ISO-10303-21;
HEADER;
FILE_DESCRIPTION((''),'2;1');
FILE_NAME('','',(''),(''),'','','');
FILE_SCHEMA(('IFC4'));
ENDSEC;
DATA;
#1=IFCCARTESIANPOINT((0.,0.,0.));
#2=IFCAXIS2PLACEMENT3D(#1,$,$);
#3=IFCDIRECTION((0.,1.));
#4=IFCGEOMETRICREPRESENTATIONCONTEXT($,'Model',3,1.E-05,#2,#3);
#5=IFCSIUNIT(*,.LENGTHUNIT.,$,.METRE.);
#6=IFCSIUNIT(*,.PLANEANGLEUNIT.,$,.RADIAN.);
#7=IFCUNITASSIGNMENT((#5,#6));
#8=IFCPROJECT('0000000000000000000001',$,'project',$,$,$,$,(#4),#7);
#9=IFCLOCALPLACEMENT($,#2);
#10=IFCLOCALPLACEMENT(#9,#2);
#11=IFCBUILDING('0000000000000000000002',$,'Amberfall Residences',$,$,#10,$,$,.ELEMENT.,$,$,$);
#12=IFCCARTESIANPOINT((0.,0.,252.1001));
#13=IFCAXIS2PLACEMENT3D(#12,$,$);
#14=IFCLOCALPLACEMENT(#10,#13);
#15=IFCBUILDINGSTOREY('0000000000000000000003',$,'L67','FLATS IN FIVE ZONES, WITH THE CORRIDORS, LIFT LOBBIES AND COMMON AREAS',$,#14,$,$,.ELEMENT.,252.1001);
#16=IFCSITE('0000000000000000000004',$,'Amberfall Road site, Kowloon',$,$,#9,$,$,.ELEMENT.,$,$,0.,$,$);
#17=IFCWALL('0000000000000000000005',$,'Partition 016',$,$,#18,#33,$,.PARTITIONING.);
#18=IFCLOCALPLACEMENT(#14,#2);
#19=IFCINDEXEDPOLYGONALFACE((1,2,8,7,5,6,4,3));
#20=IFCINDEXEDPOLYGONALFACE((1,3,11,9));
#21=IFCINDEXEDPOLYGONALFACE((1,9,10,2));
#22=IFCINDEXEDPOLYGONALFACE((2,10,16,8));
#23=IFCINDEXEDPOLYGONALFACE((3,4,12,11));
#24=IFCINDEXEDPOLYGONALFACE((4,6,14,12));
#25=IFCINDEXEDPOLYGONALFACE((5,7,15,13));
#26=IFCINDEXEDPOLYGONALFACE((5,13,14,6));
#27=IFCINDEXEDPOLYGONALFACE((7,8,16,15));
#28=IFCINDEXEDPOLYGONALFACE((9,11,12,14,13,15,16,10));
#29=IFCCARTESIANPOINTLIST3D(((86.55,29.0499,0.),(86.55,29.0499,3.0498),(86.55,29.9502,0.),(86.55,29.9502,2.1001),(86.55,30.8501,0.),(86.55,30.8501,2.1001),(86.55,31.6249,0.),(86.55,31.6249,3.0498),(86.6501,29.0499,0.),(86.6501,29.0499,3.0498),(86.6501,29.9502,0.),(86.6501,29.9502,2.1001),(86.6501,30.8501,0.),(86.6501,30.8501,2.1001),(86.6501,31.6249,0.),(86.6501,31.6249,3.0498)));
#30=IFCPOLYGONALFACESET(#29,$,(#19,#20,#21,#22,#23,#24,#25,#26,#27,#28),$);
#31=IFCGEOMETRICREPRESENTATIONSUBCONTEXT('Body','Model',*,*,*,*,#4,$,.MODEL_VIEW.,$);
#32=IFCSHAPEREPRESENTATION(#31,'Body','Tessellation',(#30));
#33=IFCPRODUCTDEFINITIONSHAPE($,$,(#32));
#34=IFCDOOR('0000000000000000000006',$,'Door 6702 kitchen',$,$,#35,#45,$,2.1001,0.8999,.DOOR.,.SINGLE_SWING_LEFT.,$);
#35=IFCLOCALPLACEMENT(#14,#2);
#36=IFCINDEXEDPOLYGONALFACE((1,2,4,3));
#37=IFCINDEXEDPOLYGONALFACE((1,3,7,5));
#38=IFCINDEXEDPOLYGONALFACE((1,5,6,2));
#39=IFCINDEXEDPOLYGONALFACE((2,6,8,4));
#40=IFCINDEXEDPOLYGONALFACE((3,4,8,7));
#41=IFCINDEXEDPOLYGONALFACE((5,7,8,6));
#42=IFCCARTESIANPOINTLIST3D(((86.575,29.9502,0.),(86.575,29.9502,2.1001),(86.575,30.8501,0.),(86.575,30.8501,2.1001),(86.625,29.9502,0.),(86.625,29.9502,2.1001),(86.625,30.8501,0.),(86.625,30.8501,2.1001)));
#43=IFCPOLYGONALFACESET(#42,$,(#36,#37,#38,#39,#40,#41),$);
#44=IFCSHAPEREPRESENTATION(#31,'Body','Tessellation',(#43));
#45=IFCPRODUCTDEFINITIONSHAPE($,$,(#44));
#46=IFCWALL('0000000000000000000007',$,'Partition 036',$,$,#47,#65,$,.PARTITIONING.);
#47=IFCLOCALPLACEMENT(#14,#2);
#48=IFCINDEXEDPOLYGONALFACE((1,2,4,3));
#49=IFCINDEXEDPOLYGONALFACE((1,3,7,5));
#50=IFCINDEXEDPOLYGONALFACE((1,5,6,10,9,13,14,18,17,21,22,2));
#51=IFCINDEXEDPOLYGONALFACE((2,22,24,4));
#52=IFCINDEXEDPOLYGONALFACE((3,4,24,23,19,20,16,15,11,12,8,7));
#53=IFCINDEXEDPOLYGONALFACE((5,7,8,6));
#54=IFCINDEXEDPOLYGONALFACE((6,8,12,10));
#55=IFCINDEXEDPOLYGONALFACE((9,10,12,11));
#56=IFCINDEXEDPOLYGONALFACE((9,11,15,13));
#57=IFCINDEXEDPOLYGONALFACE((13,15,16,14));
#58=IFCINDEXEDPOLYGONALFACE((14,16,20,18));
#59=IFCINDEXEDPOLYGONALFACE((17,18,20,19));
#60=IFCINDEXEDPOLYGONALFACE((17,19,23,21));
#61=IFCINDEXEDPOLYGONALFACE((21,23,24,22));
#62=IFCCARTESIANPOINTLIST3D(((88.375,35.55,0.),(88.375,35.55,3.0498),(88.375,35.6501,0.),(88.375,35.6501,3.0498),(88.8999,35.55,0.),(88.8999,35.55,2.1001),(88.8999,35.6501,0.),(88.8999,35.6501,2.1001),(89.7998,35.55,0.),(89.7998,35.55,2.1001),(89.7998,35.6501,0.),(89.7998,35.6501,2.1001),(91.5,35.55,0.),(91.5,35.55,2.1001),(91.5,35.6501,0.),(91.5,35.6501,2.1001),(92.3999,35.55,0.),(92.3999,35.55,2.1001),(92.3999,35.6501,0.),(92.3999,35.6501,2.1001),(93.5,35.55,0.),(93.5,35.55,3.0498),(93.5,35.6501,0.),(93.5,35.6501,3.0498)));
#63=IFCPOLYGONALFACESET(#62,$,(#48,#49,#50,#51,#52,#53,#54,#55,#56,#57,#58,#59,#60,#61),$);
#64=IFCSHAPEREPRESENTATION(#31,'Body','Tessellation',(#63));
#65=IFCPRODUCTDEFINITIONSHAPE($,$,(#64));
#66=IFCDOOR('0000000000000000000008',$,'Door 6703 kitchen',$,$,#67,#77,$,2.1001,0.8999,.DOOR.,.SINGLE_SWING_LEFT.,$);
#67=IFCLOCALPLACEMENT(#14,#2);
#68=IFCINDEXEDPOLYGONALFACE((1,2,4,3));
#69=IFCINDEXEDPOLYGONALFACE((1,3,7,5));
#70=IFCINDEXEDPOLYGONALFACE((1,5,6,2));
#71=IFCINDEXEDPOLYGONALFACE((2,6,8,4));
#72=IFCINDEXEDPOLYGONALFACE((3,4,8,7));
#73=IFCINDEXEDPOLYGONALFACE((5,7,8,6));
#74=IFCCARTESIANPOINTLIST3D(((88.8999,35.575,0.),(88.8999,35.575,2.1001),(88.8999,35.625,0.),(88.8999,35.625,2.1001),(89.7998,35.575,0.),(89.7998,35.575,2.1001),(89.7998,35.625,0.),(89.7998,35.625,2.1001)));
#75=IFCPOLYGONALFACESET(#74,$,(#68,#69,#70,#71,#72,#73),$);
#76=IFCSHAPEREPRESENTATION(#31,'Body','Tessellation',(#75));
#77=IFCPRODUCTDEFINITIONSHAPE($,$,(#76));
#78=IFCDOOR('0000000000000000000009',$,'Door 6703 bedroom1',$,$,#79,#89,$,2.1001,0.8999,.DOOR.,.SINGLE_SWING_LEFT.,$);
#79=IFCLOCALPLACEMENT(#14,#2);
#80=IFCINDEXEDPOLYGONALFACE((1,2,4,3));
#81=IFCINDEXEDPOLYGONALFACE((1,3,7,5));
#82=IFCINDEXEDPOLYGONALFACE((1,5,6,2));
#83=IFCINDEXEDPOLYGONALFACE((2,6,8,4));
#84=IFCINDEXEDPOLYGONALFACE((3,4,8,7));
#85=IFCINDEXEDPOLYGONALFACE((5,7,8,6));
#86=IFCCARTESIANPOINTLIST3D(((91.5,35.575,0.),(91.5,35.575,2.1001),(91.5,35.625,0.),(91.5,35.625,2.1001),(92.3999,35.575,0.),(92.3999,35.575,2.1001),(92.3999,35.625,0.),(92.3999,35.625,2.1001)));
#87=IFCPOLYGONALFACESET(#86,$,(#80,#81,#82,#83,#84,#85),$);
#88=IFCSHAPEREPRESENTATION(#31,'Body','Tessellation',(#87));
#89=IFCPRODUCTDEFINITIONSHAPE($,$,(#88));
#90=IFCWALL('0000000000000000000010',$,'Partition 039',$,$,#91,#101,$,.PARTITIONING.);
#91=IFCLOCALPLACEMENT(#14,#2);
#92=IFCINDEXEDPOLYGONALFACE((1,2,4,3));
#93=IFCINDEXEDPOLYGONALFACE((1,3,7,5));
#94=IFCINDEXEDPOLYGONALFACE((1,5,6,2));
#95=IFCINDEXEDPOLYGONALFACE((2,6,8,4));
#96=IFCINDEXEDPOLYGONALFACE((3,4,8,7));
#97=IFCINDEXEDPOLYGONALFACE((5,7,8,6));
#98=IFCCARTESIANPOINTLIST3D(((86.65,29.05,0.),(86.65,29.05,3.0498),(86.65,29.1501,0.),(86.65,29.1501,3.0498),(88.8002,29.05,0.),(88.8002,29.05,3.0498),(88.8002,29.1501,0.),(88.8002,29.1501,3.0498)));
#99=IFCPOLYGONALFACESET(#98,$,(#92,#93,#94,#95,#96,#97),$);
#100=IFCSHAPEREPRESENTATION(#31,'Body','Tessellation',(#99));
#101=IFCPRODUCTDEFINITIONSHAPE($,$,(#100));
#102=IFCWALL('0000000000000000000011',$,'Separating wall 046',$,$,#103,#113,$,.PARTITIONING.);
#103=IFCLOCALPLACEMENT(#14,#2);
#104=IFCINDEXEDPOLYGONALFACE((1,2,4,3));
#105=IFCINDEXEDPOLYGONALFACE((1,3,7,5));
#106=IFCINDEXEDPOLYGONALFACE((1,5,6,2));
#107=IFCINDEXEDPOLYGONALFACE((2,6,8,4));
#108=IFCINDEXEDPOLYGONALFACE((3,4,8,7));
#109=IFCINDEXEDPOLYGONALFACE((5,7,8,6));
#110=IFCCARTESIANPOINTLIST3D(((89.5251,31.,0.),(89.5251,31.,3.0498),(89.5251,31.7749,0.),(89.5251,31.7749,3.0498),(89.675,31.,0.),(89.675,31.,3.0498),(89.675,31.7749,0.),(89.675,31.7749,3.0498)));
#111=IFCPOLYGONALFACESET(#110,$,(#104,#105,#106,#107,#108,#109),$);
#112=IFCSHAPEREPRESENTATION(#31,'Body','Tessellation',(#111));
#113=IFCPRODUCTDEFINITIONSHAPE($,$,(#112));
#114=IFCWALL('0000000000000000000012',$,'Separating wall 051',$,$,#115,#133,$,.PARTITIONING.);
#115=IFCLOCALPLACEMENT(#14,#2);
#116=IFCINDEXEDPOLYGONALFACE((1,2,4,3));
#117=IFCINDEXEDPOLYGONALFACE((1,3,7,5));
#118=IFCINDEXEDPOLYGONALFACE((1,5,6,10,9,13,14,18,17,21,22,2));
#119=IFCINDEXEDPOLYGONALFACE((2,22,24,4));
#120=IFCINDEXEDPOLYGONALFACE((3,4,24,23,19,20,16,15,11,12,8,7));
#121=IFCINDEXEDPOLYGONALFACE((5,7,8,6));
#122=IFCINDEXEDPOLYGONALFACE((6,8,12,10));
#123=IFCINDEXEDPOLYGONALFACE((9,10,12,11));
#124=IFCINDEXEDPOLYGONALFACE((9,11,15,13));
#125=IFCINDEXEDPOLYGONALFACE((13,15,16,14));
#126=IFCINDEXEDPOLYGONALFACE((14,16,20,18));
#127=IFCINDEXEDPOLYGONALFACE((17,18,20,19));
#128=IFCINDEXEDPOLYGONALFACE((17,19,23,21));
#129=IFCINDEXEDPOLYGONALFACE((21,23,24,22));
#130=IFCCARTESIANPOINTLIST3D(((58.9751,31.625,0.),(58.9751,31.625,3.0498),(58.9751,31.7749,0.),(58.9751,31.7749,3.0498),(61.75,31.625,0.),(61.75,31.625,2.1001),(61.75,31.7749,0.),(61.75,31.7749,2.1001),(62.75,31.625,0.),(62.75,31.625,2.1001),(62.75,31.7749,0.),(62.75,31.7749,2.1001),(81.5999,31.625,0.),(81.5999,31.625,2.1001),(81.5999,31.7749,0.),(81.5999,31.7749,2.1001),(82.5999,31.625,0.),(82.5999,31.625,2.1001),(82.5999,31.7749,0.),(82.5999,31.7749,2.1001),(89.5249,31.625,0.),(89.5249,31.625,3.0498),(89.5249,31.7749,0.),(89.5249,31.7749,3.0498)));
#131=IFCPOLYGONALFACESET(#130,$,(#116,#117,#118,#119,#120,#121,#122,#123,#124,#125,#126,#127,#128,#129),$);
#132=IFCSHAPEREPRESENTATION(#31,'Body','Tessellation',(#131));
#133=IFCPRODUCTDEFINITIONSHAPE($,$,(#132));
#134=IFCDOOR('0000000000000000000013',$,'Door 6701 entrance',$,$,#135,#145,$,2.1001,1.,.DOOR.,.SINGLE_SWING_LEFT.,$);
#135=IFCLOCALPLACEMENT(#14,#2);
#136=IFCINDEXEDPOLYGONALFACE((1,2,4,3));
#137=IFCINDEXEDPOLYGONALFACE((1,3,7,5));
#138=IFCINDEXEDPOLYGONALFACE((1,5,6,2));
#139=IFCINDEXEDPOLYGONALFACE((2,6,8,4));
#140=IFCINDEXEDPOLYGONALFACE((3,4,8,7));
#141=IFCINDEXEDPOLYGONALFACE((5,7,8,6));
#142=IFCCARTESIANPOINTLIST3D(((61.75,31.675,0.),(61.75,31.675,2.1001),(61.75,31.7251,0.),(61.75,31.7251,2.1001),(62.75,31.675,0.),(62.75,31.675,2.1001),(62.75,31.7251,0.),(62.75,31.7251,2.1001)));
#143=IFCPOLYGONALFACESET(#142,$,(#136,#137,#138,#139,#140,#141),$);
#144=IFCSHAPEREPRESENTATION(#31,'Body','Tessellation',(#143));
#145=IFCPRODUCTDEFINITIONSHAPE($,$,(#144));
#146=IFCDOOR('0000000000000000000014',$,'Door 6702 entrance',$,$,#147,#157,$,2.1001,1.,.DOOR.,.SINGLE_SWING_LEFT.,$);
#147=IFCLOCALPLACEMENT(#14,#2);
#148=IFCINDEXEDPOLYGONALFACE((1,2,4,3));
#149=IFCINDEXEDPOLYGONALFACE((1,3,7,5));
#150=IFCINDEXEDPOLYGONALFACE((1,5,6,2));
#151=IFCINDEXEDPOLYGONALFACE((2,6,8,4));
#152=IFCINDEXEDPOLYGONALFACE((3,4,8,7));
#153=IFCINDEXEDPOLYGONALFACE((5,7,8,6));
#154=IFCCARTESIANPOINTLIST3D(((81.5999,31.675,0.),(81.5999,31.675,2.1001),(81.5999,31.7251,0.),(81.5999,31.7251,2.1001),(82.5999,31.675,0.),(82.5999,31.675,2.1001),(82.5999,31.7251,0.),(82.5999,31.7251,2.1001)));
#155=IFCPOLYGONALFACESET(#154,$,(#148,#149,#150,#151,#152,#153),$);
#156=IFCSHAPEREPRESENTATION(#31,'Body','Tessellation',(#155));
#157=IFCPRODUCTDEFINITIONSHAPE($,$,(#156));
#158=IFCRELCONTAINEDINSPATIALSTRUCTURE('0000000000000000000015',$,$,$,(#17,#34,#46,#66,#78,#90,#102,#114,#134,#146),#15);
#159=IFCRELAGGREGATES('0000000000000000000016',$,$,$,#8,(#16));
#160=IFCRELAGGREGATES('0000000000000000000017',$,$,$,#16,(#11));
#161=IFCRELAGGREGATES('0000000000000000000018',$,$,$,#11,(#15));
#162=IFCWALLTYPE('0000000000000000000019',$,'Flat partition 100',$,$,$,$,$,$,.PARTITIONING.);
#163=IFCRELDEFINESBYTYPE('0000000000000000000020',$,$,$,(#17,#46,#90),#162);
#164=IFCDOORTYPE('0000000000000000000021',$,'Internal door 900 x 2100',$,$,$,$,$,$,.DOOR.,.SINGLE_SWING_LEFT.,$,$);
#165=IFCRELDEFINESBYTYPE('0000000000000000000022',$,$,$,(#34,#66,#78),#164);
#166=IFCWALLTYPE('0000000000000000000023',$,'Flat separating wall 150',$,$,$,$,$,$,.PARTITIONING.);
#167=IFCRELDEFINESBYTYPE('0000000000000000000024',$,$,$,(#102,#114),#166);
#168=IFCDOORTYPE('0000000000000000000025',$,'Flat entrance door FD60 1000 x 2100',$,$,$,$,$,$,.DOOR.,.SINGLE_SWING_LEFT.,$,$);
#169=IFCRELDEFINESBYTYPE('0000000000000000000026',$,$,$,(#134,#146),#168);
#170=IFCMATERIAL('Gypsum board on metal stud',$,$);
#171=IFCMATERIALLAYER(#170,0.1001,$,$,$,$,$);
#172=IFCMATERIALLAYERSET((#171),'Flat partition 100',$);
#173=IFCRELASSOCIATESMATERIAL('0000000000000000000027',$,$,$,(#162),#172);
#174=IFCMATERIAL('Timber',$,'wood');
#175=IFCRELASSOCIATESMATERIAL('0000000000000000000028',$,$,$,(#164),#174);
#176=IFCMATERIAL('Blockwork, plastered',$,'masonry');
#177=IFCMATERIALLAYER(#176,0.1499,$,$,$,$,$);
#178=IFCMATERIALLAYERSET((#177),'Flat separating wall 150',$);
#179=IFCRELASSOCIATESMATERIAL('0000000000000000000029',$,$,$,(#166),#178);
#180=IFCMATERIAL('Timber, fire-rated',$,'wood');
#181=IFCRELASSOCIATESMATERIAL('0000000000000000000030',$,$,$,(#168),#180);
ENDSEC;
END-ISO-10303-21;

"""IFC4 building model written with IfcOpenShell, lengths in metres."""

from ifc_helpers import new_model, si_unit, direction, frame, frame_2d, origin, place, context, subcontext, project, spatial, rectangle, extrude, material, layer, layer_set, type_object, element, fill, save


model = new_model("IFC4")

# Units and contexts
model_context = context("Model", 3, precision=1e-05, world=origin(), true_north=direction((0.0, 1.0)))
body_context = subcontext(model_context, "Body", "Model", "MODEL_VIEW")
ifc_project = project(units=[si_unit("LENGTHUNIT", "METRE"), si_unit("PLANEANGLEUNIT", "RADIAN")], contexts=[model_context])

# Site, building, storey
site_placement = place(None, origin())
site = spatial("IfcSite", under=ifc_project, at=site_placement, Name="Amberfall Road site, Kowloon", CompositionType="ELEMENT", RefElevation=0.0)
building_placement = place(site_placement, origin())
building = spatial("IfcBuilding", under=site, at=building_placement, Name="Amberfall Residences", CompositionType="ELEMENT")
storey_placement = place(building_placement, frame((0.0, 0.0, 252.1001)))
storey = spatial("IfcBuildingStorey", under=building, at=storey_placement, Name="L67", Description="FLATS IN FIVE ZONES, WITH THE CORRIDORS, LIFT LOBBIES AND COMMON AREAS", CompositionType="ELEMENT", Elevation=252.1001)

# Wall, opening, door
ifc_material_1 = material(Name="Gypsum board on metal stud")
ifc_layer_1 = layer(ifc_material_1, 0.1001)
ifc_layer_set_1 = layer_set([ifc_layer_1], Name="Flat partition 100")
wall_type_1 = type_object("IfcWallType", Name="Flat partition 100", PredefinedType="PARTITIONING", material=ifc_layer_set_1)
wall_1_placement = place(storey_placement, frame((86.6001, 31.625, 0.0), z_axis=(0.0, 0.0, 1.0), x_axis=(0.0, -1.0, 0.0)))
wall_1 = element("IfcWall", 1, at=wall_1_placement, inside=storey, type_object=wall_type_1, Name="Partition 016", PredefinedType="PARTITIONING", context=body_context, shape_type="SweptSolid", body=[
    extrude(rectangle(XDim=2.575, YDim=0.1001, at=frame_2d((1.2876, 0.0))), origin(), (0.0, 0.0, 1.0), 3.0498),
])
opening_1_placement = place(wall_1_placement, frame((0.7749, 0.0, 0.0)))
opening_1 = element("IfcOpeningElement", 2, at=opening_1_placement, cuts=wall_1, PredefinedType="OPENING", context=body_context, shape_type="SweptSolid", body=[
    extrude(rectangle(XDim=0.8999, YDim=2.1001, at=frame_2d((0.45, 1.05))), frame((0.0, 0.0601, 0.0), z_axis=(0.0, -1.0, 0.0), x_axis=(1.0, 0.0, 0.0)), (0.0, 0.0, 1.0), 0.1201),
])
ifc_material_2 = material(Name="Timber", Category="wood")
door_type_1 = type_object("IfcDoorType", Name="Internal door 900 x 2100", OperationType="SINGLE_SWING_LEFT", PredefinedType="DOOR", material=ifc_material_2)
door_1_placement = place(opening_1_placement, origin())
door_1 = element("IfcDoor", 3, at=door_1_placement, inside=storey, type_object=door_type_1, Name="Door 6702 kitchen", OperationType="SINGLE_SWING_LEFT", OverallHeight=2.1001, OverallWidth=0.8999, PredefinedType="DOOR", context=body_context, shape_type="SweptSolid", body=[
    extrude(rectangle(XDim=0.8999, YDim=2.1001, at=frame_2d((0.45, 1.05))), frame((0.0, 0.0249, 0.0), z_axis=(0.0, -1.0, 0.0), x_axis=(1.0, 0.0, 0.0)), (0.0, 0.0, 1.0), 0.05),
])
fill(opening_1, door_1)

# Wall, openings, doors
wall_2_placement = place(storey_placement, frame((88.375, 35.6001, 0.0), z_axis=(0.0, 0.0, 1.0), x_axis=(1.0, 0.0, 0.0)))
wall_2 = element("IfcWall", 4, at=wall_2_placement, inside=storey, type_object=wall_type_1, Name="Partition 036", PredefinedType="PARTITIONING", context=body_context, shape_type="SweptSolid", body=[
    extrude(rectangle(XDim=5.125, YDim=0.1001, at=frame_2d((2.5625, 0.0))), origin(), (0.0, 0.0, 1.0), 3.0498),
])
opening_2_placement = place(wall_2_placement, frame((0.5249, 0.0, 0.0)))
opening_2 = element("IfcOpeningElement", 5, at=opening_2_placement, cuts=wall_2, PredefinedType="OPENING", context=body_context, shape_type="SweptSolid", body=[
    extrude(rectangle(XDim=0.8999, YDim=2.1001, at=frame_2d((0.45, 1.05))), frame((0.0, 0.0601, 0.0), z_axis=(0.0, -1.0, 0.0), x_axis=(1.0, 0.0, 0.0)), (0.0, 0.0, 1.0), 0.1201),
])
opening_3_placement = place(wall_2_placement, frame((3.125, 0.0, 0.0)))
opening_3 = element("IfcOpeningElement", 6, at=opening_3_placement, cuts=wall_2, PredefinedType="OPENING", context=body_context, shape_type="SweptSolid", body=[
    extrude(rectangle(XDim=0.8999, YDim=2.1001, at=frame_2d((0.45, 1.05))), frame((0.0, 0.0601, 0.0), z_axis=(0.0, -1.0, 0.0), x_axis=(1.0, 0.0, 0.0)), (0.0, 0.0, 1.0), 0.1201),
])
door_2_placement = place(opening_2_placement, origin())
door_2 = element("IfcDoor", 7, at=door_2_placement, inside=storey, type_object=door_type_1, Name="Door 6703 kitchen", OperationType="SINGLE_SWING_LEFT", OverallHeight=2.1001, OverallWidth=0.8999, PredefinedType="DOOR", context=body_context, shape_type="SweptSolid", body=[
    extrude(rectangle(XDim=0.8999, YDim=2.1001, at=frame_2d((0.45, 1.05))), frame((0.0, 0.0249, 0.0), z_axis=(0.0, -1.0, 0.0), x_axis=(1.0, 0.0, 0.0)), (0.0, 0.0, 1.0), 0.05),
])
fill(opening_2, door_2)
door_3_placement = place(opening_3_placement, origin())
door_3 = element("IfcDoor", 8, at=door_3_placement, inside=storey, type_object=door_type_1, Name="Door 6703 bedroom1", OperationType="SINGLE_SWING_LEFT", OverallHeight=2.1001, OverallWidth=0.8999, PredefinedType="DOOR", context=body_context, shape_type="SweptSolid", body=[
    extrude(rectangle(XDim=0.8999, YDim=2.1001, at=frame_2d((0.45, 1.05))), frame((0.0, 0.0249, 0.0), z_axis=(0.0, -1.0, 0.0), x_axis=(1.0, 0.0, 0.0)), (0.0, 0.0, 1.0), 0.05),
])
fill(opening_3, door_3)

# Walls
wall_3_placement = place(storey_placement, frame((86.6499, 29.1001, 0.0), z_axis=(0.0, 0.0, 1.0), x_axis=(1.0, 0.0, 0.0)))
element("IfcWall", 9, at=wall_3_placement, inside=storey, type_object=wall_type_1, Name="Partition 039", PredefinedType="PARTITIONING", context=body_context, shape_type="SweptSolid", body=[
    extrude(rectangle(XDim=2.1501, YDim=0.1001, at=frame_2d((1.0752, 0.0))), origin(), (0.0, 0.0, 1.0), 3.0498),
])
ifc_material_3 = material(Name="Blockwork, plastered", Category="masonry")
ifc_layer_2 = layer(ifc_material_3, 0.1499)
ifc_layer_set_2 = layer_set([ifc_layer_2], Name="Flat separating wall 150")
wall_type_2 = type_object("IfcWallType", Name="Flat separating wall 150", PredefinedType="PARTITIONING", material=ifc_layer_set_2)
wall_4_placement = place(storey_placement, frame((89.6001, 31.0, 0.0), z_axis=(0.0, 0.0, 1.0), x_axis=(0.0, 1.0, 0.0)))
element("IfcWall", 10, at=wall_4_placement, inside=storey, type_object=wall_type_2, Name="Separating wall 046", PredefinedType="PARTITIONING", context=body_context, shape_type="SweptSolid", body=[
    extrude(rectangle(XDim=0.7749, YDim=0.1499, at=frame_2d((0.3875, 0.0))), origin(), (0.0, 0.0, 1.0), 3.0498),
])

# Wall, openings, doors
wall_5_placement = place(storey_placement, frame((89.5249, 31.7, 0.0), z_axis=(0.0, 0.0, 1.0), x_axis=(-1.0, 0.0, 0.0)))
wall_5 = element("IfcWall", 11, at=wall_5_placement, inside=storey, type_object=wall_type_2, Name="Separating wall 051", PredefinedType="PARTITIONING", context=body_context, shape_type="SweptSolid", body=[
    extrude(rectangle(XDim=30.5498, YDim=0.1499, at=frame_2d((15.2749, 0.0))), origin(), (0.0, 0.0, 1.0), 3.0498),
])
opening_4_placement = place(wall_5_placement, frame((26.7749, 0.0, 0.0)))
opening_4 = element("IfcOpeningElement", 12, at=opening_4_placement, cuts=wall_5, PredefinedType="OPENING", context=body_context, shape_type="SweptSolid", body=[
    extrude(rectangle(XDim=1.0, YDim=2.1001, at=frame_2d((0.5, 1.05))), frame((0.0, 0.085, 0.0), z_axis=(0.0, -1.0, 0.0), x_axis=(1.0, 0.0, 0.0)), (0.0, 0.0, 1.0), 0.1699),
])
opening_5_placement = place(wall_5_placement, frame((6.925, 0.0, 0.0)))
opening_5 = element("IfcOpeningElement", 13, at=opening_5_placement, cuts=wall_5, PredefinedType="OPENING", context=body_context, shape_type="SweptSolid", body=[
    extrude(rectangle(XDim=1.0, YDim=2.1001, at=frame_2d((0.5, 1.05))), frame((0.0, 0.085, 0.0), z_axis=(0.0, -1.0, 0.0), x_axis=(1.0, 0.0, 0.0)), (0.0, 0.0, 1.0), 0.1699),
])
ifc_material_4 = material(Name="Timber, fire-rated", Category="wood")
door_type_2 = type_object("IfcDoorType", Name="Flat entrance door FD60 1000 x 2100", OperationType="SINGLE_SWING_LEFT", PredefinedType="DOOR", material=ifc_material_4)
door_4_placement = place(opening_4_placement, origin())
door_4 = element("IfcDoor", 14, at=door_4_placement, inside=storey, type_object=door_type_2, Name="Door 6701 entrance", OperationType="SINGLE_SWING_LEFT", OverallHeight=2.1001, OverallWidth=1.0, PredefinedType="DOOR", context=body_context, shape_type="SweptSolid", body=[
    extrude(rectangle(XDim=1.0, YDim=2.1001, at=frame_2d((0.5, 1.05))), frame((0.0, 0.0249, 0.0), z_axis=(0.0, -1.0, 0.0), x_axis=(1.0, 0.0, 0.0)), (0.0, 0.0, 1.0), 0.05),
])
fill(opening_4, door_4)
door_5_placement = place(opening_5_placement, origin())
door_5 = element("IfcDoor", 15, at=door_5_placement, inside=storey, type_object=door_type_2, Name="Door 6702 entrance", OperationType="SINGLE_SWING_LEFT", OverallHeight=2.1001, OverallWidth=1.0, PredefinedType="DOOR", context=body_context, shape_type="SweptSolid", body=[
    extrude(rectangle(XDim=1.0, YDim=2.1001, at=frame_2d((0.5, 1.05))), frame((0.0, 0.0249, 0.0), z_axis=(0.0, -1.0, 0.0), x_axis=(1.0, 0.0, 0.0)), (0.0, 0.0, 1.0), 0.05),
])
fill(opening_5, door_5)

save(model, "model.ifc")
